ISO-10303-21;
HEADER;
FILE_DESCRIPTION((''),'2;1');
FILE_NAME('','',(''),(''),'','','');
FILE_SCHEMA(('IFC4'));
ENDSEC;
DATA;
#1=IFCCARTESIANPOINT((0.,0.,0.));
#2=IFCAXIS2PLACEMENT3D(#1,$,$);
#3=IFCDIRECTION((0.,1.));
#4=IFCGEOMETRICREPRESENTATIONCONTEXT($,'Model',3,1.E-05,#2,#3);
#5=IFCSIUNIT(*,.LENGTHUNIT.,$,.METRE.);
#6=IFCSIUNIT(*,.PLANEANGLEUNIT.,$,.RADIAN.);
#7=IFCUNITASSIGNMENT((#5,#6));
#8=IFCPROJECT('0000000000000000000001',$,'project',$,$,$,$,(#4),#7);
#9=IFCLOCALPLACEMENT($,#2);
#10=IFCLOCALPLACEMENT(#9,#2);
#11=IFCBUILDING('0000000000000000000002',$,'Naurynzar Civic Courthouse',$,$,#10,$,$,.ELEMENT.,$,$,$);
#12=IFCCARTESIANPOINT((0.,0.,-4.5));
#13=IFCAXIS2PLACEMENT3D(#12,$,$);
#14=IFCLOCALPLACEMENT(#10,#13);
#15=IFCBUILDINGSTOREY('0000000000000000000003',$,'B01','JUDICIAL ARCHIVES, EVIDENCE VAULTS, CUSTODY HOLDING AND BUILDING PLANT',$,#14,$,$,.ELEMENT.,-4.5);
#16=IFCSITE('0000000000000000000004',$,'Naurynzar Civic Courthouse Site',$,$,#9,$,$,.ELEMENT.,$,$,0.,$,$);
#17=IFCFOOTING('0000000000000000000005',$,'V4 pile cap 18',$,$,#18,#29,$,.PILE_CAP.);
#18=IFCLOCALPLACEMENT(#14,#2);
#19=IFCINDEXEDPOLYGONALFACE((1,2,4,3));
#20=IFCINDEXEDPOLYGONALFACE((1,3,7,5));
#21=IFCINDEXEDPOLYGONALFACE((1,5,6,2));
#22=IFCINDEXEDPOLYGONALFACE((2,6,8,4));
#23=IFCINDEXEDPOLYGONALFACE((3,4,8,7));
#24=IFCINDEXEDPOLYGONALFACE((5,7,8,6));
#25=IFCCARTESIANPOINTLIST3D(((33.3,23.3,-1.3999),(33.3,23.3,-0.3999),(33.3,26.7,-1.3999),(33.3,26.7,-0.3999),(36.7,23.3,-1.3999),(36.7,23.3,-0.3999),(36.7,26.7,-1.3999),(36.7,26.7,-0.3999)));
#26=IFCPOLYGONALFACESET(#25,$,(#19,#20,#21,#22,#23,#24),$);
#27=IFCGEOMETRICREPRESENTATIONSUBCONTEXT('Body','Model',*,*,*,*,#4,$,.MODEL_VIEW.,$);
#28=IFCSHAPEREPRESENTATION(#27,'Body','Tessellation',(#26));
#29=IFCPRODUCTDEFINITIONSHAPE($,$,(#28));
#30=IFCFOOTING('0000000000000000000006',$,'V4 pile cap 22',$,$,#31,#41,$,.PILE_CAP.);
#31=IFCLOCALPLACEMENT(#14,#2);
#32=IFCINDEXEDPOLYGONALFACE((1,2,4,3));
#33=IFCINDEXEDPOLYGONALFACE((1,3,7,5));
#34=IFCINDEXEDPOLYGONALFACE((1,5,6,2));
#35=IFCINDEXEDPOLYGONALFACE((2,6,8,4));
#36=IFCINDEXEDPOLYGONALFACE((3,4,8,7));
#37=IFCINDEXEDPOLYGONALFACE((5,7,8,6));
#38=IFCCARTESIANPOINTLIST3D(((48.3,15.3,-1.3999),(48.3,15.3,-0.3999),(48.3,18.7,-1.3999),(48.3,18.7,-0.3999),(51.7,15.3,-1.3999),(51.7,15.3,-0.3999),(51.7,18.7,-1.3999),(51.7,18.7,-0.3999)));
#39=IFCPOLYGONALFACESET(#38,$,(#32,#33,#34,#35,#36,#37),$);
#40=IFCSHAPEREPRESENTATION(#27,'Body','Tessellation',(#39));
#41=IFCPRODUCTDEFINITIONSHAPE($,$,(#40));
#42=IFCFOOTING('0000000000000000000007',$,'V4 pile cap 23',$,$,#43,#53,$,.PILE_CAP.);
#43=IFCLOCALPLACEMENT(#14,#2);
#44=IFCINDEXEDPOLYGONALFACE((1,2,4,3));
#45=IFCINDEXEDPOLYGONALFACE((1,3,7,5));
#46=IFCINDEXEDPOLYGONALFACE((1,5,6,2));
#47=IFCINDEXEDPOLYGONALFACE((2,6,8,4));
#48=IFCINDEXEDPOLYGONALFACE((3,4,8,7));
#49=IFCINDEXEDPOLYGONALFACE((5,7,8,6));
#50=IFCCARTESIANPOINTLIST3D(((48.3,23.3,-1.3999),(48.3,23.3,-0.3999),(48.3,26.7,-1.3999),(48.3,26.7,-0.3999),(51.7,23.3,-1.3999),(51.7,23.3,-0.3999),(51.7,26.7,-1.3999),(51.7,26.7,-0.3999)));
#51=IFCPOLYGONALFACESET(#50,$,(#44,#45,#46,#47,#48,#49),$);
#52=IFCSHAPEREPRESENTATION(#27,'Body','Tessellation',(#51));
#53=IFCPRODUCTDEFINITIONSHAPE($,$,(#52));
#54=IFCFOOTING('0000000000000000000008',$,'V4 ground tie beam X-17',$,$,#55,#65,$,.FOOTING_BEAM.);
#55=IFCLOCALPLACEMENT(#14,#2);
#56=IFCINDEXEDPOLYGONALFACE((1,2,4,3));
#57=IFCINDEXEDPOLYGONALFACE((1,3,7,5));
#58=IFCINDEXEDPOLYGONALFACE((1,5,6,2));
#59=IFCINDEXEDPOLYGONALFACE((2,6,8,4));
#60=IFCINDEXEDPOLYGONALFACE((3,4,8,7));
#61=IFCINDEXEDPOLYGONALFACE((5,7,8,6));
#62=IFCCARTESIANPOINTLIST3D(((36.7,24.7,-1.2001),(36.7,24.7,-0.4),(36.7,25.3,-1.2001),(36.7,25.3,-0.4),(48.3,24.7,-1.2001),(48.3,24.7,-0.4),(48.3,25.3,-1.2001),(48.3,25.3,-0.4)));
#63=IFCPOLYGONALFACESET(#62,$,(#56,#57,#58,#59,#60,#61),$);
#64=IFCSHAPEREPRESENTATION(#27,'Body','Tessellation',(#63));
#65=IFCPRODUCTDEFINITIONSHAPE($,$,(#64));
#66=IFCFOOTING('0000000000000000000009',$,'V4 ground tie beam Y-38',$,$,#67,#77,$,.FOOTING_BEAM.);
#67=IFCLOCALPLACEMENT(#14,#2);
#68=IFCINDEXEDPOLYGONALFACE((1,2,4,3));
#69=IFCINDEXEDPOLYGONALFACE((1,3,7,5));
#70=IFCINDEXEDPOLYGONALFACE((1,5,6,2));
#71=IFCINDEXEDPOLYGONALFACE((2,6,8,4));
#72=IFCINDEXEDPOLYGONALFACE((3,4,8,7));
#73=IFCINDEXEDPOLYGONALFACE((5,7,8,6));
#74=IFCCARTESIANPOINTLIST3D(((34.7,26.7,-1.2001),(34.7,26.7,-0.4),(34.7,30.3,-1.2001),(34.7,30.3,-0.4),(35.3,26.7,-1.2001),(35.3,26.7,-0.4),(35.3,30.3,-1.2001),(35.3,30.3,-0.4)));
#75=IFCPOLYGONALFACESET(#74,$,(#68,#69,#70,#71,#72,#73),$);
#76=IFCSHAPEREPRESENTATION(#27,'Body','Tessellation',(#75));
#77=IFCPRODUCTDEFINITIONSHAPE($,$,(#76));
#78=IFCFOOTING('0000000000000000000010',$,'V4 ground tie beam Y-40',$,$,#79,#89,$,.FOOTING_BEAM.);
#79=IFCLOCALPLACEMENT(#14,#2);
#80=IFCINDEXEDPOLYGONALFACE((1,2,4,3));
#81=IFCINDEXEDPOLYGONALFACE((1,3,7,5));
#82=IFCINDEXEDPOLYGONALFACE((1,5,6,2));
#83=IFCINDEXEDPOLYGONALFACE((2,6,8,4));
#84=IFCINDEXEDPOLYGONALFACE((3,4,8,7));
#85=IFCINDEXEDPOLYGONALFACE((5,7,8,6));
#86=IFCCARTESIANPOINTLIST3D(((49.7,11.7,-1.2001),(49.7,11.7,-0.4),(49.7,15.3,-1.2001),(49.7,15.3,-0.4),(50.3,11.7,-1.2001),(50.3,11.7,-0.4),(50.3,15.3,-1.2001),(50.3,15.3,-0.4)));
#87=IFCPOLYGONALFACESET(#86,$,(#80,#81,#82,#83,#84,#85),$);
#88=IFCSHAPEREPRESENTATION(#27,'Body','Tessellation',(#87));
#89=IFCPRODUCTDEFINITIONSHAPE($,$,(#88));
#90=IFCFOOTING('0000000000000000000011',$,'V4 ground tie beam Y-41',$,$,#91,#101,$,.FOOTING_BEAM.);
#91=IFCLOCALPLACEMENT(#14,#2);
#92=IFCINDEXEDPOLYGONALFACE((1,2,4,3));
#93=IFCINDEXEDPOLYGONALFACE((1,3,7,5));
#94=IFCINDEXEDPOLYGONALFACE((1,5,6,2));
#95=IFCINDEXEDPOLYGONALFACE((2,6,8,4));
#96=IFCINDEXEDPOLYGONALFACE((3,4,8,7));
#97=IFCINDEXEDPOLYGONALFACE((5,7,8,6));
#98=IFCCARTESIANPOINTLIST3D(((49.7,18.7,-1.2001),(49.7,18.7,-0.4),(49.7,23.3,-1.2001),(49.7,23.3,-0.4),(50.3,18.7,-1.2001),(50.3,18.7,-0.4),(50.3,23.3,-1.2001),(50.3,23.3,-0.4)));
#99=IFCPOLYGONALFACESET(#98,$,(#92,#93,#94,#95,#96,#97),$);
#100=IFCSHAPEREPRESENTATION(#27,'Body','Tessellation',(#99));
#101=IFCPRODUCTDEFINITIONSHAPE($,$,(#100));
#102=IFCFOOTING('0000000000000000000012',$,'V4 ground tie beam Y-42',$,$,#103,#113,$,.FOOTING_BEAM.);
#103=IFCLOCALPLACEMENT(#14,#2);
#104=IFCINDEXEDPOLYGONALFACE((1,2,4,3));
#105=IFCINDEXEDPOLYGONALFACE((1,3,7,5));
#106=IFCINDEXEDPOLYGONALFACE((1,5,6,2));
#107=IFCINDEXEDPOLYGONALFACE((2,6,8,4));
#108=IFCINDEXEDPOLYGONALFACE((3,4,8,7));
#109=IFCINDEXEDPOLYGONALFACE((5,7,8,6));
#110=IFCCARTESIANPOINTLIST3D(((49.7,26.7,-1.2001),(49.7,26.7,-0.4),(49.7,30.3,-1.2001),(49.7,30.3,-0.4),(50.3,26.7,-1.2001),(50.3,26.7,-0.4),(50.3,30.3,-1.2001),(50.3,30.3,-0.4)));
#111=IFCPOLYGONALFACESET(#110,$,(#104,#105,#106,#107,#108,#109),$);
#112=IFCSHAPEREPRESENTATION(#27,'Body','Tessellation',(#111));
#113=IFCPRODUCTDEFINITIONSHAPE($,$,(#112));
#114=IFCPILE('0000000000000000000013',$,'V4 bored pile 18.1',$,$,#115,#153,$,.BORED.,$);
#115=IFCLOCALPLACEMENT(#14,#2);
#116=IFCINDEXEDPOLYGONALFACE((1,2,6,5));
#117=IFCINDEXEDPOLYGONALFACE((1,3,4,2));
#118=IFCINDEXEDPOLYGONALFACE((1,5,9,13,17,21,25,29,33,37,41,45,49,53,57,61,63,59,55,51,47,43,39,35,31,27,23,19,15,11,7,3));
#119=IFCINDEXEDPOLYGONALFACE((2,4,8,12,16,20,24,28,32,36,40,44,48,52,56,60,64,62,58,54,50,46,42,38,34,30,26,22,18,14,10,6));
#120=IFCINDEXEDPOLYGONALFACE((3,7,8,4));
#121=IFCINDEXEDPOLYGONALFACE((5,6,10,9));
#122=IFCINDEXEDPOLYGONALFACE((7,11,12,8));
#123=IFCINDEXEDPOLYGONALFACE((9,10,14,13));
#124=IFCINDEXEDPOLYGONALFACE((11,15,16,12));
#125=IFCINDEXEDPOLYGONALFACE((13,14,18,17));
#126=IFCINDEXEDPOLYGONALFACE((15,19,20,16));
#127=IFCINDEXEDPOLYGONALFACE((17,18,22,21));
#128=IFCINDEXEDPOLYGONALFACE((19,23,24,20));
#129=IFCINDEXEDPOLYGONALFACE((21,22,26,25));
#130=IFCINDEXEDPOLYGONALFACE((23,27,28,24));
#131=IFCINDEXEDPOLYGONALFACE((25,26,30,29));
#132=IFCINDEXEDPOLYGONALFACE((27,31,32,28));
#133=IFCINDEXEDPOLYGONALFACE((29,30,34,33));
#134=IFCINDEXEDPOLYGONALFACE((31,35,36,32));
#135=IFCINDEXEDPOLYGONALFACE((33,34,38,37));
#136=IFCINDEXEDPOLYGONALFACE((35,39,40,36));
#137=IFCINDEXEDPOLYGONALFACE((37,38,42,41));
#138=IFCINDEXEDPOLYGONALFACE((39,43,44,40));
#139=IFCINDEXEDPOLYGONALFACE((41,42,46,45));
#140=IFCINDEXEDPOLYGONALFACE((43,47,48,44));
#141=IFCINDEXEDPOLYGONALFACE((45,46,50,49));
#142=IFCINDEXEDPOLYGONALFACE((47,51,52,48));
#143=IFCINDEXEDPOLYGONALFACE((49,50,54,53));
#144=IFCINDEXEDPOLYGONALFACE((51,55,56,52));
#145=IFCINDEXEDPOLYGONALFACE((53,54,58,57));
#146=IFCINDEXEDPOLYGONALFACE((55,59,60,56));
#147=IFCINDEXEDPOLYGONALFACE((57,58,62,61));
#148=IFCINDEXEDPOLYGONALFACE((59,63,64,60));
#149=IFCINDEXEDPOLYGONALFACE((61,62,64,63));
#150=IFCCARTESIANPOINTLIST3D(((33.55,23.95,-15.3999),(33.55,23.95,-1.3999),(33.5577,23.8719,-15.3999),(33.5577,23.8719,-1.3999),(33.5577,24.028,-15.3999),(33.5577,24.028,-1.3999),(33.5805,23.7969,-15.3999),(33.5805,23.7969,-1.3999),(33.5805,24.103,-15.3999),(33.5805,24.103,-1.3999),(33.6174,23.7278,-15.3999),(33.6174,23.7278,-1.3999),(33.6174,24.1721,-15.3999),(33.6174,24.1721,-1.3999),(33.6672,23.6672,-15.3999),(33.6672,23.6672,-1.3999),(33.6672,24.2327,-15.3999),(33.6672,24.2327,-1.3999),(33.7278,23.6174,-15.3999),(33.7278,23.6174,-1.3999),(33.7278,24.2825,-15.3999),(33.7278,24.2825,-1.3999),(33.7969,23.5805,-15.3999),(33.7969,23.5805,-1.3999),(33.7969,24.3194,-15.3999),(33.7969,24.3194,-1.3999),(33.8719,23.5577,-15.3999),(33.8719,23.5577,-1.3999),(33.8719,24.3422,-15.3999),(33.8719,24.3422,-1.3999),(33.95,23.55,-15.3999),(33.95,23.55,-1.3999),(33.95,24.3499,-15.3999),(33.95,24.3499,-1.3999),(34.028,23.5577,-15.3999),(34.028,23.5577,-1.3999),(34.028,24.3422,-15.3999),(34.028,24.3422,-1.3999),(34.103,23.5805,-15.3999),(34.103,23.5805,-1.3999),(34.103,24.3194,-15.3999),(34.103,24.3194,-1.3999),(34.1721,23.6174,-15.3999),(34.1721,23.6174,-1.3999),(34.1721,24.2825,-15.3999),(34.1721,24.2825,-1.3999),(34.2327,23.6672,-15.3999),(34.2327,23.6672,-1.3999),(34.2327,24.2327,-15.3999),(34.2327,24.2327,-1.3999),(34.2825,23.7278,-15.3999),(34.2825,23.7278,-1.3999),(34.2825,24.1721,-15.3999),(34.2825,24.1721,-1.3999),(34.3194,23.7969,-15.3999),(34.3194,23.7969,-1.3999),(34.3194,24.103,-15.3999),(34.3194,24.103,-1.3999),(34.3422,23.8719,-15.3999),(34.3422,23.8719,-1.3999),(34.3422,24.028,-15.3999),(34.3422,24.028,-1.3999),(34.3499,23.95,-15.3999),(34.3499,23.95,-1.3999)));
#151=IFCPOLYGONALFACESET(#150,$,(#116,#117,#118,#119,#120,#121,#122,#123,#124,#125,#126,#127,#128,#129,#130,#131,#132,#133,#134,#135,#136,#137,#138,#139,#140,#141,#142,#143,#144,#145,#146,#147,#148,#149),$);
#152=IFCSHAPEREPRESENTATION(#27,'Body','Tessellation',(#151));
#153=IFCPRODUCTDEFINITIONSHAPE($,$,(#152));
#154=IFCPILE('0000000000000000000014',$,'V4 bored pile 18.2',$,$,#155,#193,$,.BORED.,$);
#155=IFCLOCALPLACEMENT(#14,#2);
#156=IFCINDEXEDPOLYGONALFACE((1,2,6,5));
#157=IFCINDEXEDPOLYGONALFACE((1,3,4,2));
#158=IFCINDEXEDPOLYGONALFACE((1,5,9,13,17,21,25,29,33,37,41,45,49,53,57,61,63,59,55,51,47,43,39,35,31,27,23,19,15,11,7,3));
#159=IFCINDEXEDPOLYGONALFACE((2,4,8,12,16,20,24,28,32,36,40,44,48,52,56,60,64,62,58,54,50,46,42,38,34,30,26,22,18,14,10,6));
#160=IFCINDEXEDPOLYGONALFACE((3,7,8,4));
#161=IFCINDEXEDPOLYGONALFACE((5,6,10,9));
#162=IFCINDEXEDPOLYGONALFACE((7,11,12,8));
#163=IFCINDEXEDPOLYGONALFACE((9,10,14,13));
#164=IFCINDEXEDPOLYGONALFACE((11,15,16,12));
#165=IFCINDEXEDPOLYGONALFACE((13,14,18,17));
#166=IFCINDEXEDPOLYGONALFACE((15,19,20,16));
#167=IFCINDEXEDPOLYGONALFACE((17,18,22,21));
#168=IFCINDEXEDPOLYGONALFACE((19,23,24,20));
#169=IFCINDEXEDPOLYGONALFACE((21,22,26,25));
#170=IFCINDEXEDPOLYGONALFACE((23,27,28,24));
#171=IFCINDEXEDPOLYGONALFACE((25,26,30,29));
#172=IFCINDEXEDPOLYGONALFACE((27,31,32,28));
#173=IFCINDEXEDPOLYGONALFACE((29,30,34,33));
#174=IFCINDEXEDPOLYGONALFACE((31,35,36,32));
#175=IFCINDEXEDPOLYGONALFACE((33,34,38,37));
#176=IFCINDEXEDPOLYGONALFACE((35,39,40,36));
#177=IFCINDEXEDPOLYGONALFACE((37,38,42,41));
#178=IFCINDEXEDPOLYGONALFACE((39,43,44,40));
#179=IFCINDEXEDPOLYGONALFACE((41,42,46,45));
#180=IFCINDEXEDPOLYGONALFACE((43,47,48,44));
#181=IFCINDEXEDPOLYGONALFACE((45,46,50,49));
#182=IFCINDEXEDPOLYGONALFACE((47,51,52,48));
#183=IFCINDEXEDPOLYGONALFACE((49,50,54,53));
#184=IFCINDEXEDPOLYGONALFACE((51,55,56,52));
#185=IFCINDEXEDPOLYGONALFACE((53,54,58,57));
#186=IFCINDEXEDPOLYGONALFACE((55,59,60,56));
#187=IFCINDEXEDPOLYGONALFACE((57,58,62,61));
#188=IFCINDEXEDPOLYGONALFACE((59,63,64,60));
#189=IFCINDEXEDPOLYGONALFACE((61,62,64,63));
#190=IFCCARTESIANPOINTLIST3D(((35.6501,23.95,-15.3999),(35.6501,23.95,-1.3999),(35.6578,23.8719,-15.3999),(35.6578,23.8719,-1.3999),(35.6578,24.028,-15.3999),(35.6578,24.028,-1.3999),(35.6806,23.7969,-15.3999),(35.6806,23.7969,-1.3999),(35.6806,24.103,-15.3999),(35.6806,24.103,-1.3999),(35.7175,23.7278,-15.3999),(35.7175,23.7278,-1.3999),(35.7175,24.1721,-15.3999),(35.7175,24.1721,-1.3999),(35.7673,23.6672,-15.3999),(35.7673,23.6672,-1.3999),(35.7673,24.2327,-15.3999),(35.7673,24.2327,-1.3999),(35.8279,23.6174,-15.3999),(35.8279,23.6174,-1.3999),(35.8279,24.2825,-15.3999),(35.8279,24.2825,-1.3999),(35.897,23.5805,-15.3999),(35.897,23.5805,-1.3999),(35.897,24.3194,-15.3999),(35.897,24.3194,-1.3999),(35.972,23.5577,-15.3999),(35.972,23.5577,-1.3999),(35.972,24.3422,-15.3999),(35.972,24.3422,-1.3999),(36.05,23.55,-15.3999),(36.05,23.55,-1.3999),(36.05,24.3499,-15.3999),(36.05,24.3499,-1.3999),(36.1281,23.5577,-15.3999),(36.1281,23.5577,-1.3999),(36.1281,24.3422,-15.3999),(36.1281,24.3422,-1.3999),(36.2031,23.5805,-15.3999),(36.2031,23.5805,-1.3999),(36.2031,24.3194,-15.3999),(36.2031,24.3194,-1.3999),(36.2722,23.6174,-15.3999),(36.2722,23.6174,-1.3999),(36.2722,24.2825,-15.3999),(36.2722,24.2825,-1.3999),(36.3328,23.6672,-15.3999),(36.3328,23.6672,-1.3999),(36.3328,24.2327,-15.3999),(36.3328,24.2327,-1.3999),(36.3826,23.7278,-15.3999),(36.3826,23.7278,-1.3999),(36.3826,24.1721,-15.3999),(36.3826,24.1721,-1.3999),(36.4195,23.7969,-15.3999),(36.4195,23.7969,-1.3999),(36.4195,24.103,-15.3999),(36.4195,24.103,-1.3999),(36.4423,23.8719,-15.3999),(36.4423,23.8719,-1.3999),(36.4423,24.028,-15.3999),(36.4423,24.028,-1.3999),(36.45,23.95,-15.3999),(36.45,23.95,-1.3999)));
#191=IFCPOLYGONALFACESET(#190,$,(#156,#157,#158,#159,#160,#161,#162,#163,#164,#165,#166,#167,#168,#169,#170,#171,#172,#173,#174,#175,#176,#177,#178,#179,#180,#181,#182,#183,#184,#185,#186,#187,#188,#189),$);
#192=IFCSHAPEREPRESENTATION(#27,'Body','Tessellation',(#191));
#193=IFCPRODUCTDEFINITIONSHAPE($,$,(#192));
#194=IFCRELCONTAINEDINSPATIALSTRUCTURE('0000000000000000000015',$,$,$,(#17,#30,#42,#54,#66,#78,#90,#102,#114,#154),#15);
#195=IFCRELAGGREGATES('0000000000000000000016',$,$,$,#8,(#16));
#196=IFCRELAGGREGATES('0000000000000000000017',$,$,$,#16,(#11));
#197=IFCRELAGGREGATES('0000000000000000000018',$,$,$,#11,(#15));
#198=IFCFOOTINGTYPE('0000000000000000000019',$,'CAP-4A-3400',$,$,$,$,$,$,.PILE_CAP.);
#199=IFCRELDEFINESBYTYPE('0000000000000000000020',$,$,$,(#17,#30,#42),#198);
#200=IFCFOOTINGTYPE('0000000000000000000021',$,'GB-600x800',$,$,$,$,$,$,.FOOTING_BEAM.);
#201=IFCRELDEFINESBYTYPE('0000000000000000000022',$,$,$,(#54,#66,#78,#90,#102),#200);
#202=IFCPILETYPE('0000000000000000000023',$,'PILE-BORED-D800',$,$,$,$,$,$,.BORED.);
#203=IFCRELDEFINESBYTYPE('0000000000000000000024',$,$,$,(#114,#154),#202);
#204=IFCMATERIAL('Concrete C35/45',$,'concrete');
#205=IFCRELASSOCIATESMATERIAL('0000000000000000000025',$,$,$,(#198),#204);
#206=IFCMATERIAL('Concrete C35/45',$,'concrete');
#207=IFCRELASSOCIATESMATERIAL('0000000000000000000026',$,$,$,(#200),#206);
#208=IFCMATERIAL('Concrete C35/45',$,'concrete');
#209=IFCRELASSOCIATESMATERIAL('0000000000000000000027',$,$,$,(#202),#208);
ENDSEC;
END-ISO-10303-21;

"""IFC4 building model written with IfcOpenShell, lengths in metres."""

from ifc_helpers import new_model, si_unit, direction, frame, origin, origin_2d, place, context, subcontext, project, spatial, rectangle, circle, extrude, material, material_profile, profile_set, type_object, element, save


model = new_model("IFC4")

# Units and contexts
model_context = context("Model", 3, precision=1e-05, world=origin(), true_north=direction((0.0, 1.0)))
body_context = subcontext(model_context, "Body", "Model", "MODEL_VIEW")
ifc_project = project(units=[si_unit("LENGTHUNIT", "METRE"), si_unit("PLANEANGLEUNIT", "RADIAN")], contexts=[model_context])

# Site, building, storey
site_placement = place(None, origin())
site = spatial("IfcSite", under=ifc_project, at=site_placement, Name="Naurynzar Civic Courthouse Site", CompositionType="ELEMENT", RefElevation=0.0)
building_placement = place(site_placement, origin())
building = spatial("IfcBuilding", under=site, at=building_placement, Name="Naurynzar Civic Courthouse", CompositionType="ELEMENT")
storey_placement = place(building_placement, frame((0.0, 0.0, -4.5)))
storey = spatial("IfcBuildingStorey", under=building, at=storey_placement, Name="B01", Description="JUDICIAL ARCHIVES, EVIDENCE VAULTS, CUSTODY HOLDING AND BUILDING PLANT", CompositionType="ELEMENT", Elevation=-4.5)

# Footings
ifc_material_1 = material(Name="Concrete C35/45", Category="concrete")
footing_type_1 = type_object("IfcFootingType", Name="CAP-4A-3400", PredefinedType="PILE_CAP", material=ifc_material_1)
for number, where, z_axis, x_axis, name in (
    (1, (35.0, 25.0, -1.3999), (0.0, 0.0, 1.0), (1.0, 0.0, 0.0), "V4 pile cap 18"),
    (2, (50.0, 17.0, -1.3999), (0.0, 0.0, 1.0), (1.0, 0.0, 0.0), "V4 pile cap 22"),
    (3, (50.0, 25.0, -1.3999), (0.0, 0.0, 1.0), (1.0, 0.0, 0.0), "V4 pile cap 23"),
):
    element("IfcFooting", number, at=place(storey_placement, frame(where, z_axis=z_axis, x_axis=x_axis)), inside=storey, type_object=footing_type_1, Name=name, PredefinedType="PILE_CAP", context=body_context, shape_type="SweptSolid", body=[
        extrude(rectangle(XDim=3.3999, YDim=3.3999, at=origin_2d()), origin(), (0.0, 0.0, 1.0), 1.0),
    ])
ifc_material_2 = material(Name="Concrete C35/45", Category="concrete")
ifc_material_profile_1 = material_profile(ifc_material_2, rectangle(XDim=0.6001, YDim=0.8, at=origin_2d()), Name="GB 600x800")
ifc_profile_set_1 = profile_set([ifc_material_profile_1], Name="Concrete C35/45")
footing_type_2 = type_object("IfcFootingType", Name="GB-600x800", PredefinedType="FOOTING_BEAM", material=ifc_profile_set_1)
footing_1_placement = place(storey_placement, frame((36.7, 25.0, -0.8), z_axis=(1.0, 0.0, 0.0), x_axis=(0.0, 1.0, 0.0)))
element("IfcFooting", 4, at=footing_1_placement, inside=storey, type_object=footing_type_2, Name="V4 ground tie beam X-17", PredefinedType="FOOTING_BEAM", context=body_context, shape_type="SweptSolid", body=[
    extrude(rectangle(XDim=0.6001, YDim=0.8, at=origin_2d()), origin(), (0.0, 0.0, 1.0), 11.6001),
])
for number, where, z_axis, x_axis, name in (
    (5, (35.0, 26.7, -0.8), (0.0, 1.0, 0.0), (-1.0, 0.0, 0.0), "V4 ground tie beam Y-38"),
    (6, (50.0, 11.7, -0.8), (0.0, 1.0, 0.0), (-1.0, 0.0, 0.0), "V4 ground tie beam Y-40"),
):
    element("IfcFooting", number, at=place(storey_placement, frame(where, z_axis=z_axis, x_axis=x_axis)), inside=storey, type_object=footing_type_2, Name=name, PredefinedType="FOOTING_BEAM", context=body_context, shape_type="SweptSolid", body=[
        extrude(rectangle(XDim=0.6001, YDim=0.8, at=origin_2d()), origin(), (0.0, 0.0, 1.0), 3.6001),
    ])
footing_2_placement = place(storey_placement, frame((50.0, 18.7, -0.8), z_axis=(0.0, 1.0, 0.0), x_axis=(-1.0, 0.0, 0.0)))
element("IfcFooting", 7, at=footing_2_placement, inside=storey, type_object=footing_type_2, Name="V4 ground tie beam Y-41", PredefinedType="FOOTING_BEAM", context=body_context, shape_type="SweptSolid", body=[
    extrude(rectangle(XDim=0.6001, YDim=0.8, at=origin_2d()), origin(), (0.0, 0.0, 1.0), 4.6001),
])
footing_3_placement = place(storey_placement, frame((50.0, 26.7, -0.8), z_axis=(0.0, 1.0, 0.0), x_axis=(-1.0, 0.0, 0.0)))
element("IfcFooting", 8, at=footing_3_placement, inside=storey, type_object=footing_type_2, Name="V4 ground tie beam Y-42", PredefinedType="FOOTING_BEAM", context=body_context, shape_type="SweptSolid", body=[
    extrude(rectangle(XDim=0.6001, YDim=0.8, at=origin_2d()), origin(), (0.0, 0.0, 1.0), 3.6001),
])

# Piles
ifc_material_3 = material(Name="Concrete C35/45", Category="concrete")
ifc_material_profile_2 = material_profile(ifc_material_3, circle(Radius=0.3999, at=origin_2d()), Name="PILE D800")
ifc_profile_set_2 = profile_set([ifc_material_profile_2], Name="Concrete C35/45")
pile_type = type_object("IfcPileType", Name="PILE-BORED-D800", PredefinedType="BORED", material=ifc_profile_set_2)
for number, where, z_axis, x_axis, name in (
    (9, (33.95, 23.95, -1.3999), (0.0, 0.0, -1.0), (1.0, 0.0, 0.0), "V4 bored pile 18.1"),
    (10, (36.05, 23.95, -1.3999), (0.0, 0.0, -1.0), (1.0, 0.0, 0.0), "V4 bored pile 18.2"),
):
    element("IfcPile", number, at=place(storey_placement, frame(where, z_axis=z_axis, x_axis=x_axis)), inside=storey, type_object=pile_type, Name=name, PredefinedType="BORED", context=body_context, shape_type="SweptSolid", body=[
        extrude(circle(Radius=0.3999, at=origin_2d()), origin(), (0.0, 0.0, 1.0), 14.0),
    ])

save(model, "model.ifc")
